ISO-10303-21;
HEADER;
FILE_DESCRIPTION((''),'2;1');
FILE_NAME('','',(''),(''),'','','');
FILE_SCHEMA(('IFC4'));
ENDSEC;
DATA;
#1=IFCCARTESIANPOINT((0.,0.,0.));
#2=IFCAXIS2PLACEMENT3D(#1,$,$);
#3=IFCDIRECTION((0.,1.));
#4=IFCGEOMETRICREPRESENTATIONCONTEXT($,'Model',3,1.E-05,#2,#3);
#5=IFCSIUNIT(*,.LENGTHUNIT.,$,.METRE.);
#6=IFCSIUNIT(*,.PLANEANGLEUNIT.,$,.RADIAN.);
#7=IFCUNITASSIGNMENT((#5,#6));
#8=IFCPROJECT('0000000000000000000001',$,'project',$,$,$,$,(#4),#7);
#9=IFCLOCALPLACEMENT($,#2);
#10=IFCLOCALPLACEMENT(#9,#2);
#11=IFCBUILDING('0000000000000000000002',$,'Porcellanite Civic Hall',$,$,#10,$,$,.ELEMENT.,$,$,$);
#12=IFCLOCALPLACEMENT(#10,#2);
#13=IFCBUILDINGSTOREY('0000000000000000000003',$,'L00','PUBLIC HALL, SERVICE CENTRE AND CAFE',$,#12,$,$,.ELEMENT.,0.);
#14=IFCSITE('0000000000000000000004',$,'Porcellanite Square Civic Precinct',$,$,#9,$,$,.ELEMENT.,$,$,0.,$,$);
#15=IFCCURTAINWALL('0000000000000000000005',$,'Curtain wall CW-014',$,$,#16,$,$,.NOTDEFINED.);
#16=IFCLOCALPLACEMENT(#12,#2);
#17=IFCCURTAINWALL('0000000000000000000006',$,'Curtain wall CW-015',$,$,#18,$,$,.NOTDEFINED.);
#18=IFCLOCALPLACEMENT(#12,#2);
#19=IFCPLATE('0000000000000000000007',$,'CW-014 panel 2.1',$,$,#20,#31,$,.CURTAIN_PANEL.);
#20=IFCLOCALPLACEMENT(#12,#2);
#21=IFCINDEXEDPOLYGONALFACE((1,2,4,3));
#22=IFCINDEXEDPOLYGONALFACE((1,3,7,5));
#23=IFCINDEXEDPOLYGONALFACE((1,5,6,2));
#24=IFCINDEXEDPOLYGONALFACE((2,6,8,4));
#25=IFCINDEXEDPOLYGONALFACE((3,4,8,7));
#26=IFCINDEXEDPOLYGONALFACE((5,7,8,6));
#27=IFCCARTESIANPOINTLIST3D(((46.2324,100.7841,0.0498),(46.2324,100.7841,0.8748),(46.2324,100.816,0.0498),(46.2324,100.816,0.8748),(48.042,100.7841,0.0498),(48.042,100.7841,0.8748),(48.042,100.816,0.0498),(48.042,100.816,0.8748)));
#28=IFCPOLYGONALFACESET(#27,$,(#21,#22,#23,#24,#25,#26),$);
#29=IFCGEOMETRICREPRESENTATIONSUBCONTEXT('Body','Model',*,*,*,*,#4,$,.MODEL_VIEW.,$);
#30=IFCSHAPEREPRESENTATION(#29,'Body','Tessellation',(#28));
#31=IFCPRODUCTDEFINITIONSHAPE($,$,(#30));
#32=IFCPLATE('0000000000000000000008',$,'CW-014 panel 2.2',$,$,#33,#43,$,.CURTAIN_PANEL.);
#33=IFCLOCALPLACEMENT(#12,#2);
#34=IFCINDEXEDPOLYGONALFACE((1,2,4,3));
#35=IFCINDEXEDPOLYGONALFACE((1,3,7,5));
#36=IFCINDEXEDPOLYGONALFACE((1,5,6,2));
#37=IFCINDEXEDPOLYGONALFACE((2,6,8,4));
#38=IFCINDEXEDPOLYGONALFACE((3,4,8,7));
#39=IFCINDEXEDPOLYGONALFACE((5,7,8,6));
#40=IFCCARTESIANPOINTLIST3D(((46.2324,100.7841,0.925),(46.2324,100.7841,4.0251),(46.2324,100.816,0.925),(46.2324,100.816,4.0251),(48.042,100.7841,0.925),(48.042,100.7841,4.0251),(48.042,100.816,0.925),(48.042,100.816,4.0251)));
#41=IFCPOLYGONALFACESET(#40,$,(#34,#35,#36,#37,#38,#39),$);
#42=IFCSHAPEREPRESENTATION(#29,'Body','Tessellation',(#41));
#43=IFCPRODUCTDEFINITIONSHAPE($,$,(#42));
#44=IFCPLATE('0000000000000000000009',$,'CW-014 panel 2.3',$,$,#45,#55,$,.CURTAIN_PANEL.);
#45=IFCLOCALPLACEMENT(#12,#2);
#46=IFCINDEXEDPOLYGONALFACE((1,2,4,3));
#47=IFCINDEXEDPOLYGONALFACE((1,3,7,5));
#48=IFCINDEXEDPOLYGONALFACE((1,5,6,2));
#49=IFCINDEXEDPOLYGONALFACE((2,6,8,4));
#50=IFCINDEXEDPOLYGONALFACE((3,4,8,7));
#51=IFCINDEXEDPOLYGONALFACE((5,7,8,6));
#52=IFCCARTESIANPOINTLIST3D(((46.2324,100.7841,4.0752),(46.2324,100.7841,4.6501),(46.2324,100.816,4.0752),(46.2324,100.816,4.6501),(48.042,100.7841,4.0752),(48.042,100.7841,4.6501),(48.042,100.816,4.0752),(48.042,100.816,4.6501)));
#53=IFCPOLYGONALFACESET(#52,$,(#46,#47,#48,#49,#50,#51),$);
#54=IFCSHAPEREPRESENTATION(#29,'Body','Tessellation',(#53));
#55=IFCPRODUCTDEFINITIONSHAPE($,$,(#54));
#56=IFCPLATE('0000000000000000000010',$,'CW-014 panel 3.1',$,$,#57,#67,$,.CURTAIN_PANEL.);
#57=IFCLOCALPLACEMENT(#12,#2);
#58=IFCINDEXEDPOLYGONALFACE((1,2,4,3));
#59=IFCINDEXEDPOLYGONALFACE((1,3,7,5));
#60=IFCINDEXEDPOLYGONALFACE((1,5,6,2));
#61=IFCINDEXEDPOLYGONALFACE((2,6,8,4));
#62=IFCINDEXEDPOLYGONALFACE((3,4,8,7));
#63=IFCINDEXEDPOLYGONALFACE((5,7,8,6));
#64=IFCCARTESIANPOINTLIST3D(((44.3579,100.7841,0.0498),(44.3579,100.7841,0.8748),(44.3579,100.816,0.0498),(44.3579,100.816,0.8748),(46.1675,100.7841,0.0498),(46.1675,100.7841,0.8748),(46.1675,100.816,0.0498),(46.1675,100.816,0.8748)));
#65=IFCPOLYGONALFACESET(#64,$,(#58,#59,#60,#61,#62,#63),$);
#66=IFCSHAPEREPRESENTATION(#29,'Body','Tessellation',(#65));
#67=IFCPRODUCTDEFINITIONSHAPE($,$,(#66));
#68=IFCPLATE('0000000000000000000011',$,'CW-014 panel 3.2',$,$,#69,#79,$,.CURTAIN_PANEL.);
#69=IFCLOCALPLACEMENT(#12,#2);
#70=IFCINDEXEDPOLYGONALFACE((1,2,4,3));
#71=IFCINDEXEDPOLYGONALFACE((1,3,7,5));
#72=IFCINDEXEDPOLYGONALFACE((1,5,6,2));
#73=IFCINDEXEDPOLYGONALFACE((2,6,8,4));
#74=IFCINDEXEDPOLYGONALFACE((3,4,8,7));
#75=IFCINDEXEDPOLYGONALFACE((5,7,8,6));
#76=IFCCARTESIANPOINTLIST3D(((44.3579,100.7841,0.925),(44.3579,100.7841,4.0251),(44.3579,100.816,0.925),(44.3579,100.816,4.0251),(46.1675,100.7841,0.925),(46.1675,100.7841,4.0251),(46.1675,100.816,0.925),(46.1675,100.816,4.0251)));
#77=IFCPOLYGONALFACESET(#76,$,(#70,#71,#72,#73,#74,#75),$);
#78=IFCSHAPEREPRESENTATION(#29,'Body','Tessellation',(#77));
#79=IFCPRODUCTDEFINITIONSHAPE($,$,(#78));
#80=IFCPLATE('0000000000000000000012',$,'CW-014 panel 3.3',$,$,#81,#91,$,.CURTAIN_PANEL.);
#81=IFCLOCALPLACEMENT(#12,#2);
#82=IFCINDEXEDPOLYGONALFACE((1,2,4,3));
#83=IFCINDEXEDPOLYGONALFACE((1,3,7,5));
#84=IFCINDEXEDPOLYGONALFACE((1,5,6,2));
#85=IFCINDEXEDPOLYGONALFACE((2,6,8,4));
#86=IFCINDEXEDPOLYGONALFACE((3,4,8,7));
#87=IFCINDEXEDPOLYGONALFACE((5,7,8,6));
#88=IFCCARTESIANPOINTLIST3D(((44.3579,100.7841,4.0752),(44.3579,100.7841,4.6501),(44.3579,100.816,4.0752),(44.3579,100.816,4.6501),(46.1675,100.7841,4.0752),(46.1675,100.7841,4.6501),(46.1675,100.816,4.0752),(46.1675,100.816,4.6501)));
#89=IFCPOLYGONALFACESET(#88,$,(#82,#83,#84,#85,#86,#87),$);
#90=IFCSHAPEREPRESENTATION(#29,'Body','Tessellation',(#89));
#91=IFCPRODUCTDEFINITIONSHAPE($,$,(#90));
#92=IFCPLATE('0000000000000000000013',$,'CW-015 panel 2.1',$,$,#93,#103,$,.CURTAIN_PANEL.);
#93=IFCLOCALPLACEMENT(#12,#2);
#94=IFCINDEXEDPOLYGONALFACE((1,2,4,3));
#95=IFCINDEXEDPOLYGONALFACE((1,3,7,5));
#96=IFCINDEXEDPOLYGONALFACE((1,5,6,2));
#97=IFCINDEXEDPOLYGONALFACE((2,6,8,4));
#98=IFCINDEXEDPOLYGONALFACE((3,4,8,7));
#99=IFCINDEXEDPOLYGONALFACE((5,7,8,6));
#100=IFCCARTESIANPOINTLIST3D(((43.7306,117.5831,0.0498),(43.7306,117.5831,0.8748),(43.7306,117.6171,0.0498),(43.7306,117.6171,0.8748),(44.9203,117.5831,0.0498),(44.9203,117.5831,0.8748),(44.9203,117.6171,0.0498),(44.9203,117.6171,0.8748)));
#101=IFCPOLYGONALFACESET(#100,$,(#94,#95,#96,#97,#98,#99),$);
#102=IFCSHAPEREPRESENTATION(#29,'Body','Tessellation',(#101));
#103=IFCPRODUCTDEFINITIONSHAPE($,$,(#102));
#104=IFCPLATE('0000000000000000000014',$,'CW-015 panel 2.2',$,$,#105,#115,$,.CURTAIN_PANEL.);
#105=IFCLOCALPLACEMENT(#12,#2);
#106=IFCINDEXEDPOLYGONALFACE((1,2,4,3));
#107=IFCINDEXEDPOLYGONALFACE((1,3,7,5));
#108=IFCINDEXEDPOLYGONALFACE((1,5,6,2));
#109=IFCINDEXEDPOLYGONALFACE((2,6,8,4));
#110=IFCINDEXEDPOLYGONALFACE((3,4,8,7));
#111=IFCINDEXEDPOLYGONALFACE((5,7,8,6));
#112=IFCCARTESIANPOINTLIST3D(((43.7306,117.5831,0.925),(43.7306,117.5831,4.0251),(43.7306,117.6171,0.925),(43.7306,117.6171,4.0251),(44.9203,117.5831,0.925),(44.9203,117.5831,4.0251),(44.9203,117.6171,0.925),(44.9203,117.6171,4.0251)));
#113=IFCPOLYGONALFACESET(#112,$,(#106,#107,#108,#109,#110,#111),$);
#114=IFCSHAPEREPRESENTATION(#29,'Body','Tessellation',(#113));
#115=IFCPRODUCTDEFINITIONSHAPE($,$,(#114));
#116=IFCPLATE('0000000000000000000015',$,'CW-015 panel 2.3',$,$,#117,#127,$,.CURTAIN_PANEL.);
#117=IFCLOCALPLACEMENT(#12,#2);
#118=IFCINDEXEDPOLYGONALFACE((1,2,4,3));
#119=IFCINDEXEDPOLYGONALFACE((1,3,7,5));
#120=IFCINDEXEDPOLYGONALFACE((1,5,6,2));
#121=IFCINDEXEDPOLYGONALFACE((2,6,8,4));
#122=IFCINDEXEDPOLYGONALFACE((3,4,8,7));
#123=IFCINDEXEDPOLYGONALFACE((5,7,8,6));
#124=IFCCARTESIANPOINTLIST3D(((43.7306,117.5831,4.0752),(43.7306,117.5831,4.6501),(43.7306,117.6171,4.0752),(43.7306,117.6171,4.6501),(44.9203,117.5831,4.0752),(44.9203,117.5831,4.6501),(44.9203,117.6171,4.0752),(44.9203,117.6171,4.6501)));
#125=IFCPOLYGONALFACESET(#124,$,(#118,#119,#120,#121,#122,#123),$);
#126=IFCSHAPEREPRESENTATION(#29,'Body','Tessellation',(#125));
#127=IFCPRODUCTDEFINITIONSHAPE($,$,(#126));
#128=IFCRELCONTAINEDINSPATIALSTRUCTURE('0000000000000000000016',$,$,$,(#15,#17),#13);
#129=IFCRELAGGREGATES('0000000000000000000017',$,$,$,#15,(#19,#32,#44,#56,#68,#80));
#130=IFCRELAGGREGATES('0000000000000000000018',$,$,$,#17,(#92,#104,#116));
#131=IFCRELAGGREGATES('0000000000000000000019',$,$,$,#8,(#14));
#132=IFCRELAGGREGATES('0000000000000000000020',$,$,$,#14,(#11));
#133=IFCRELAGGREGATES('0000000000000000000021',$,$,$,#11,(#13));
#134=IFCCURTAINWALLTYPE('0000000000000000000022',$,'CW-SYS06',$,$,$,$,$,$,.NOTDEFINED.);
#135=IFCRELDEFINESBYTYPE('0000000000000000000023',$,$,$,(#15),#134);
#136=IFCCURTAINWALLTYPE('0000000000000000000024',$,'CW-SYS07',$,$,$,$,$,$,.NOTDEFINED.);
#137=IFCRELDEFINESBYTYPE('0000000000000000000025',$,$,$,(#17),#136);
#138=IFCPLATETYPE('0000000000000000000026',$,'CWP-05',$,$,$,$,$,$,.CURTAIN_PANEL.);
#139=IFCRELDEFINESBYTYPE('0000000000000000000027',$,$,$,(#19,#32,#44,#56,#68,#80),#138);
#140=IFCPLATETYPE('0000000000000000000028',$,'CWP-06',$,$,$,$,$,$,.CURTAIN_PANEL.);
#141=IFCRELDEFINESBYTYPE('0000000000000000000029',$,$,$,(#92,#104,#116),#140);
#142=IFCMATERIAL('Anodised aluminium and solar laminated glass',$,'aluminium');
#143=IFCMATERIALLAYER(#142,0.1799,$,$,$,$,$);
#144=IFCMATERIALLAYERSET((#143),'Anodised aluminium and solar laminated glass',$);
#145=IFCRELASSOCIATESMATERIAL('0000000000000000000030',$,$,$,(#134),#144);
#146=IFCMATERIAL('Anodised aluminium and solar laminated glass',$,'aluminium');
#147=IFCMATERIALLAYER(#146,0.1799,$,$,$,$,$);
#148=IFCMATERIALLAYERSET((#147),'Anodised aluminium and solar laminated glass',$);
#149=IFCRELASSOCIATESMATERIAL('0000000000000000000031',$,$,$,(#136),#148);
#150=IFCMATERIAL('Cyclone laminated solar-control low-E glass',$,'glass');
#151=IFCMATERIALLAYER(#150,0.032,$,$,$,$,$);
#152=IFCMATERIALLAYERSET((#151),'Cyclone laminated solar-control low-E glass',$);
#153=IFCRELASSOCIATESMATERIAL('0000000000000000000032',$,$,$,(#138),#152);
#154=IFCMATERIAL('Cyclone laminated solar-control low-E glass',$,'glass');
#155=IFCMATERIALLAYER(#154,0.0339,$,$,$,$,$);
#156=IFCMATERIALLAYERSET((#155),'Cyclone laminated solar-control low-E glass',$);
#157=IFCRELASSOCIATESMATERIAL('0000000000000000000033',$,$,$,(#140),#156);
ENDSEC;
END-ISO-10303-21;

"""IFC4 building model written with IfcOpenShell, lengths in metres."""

from ifc_helpers import new_model, si_unit, direction, frame, origin, origin_2d, place, context, subcontext, project, spatial, rectangle, extrude, material, layer, layer_set, type_object, element, aggregate, save


model = new_model("IFC4")

# Units and contexts
model_context = context("Model", 3, precision=1e-05, world=origin(), true_north=direction((0.0, 1.0)))
body_context = subcontext(model_context, "Body", "Model", "MODEL_VIEW")
ifc_project = project(units=[si_unit("LENGTHUNIT", "METRE"), si_unit("PLANEANGLEUNIT", "RADIAN")], contexts=[model_context])

# Site, building, storey
site_placement = place(None, origin())
site = spatial("IfcSite", under=ifc_project, at=site_placement, Name="Porcellanite Square Civic Precinct", CompositionType="ELEMENT", RefElevation=0.0)
building_placement = place(site_placement, origin())
building = spatial("IfcBuilding", under=site, at=building_placement, Name="Porcellanite Civic Hall", CompositionType="ELEMENT")
storey_placement = place(building_placement, origin())
storey = spatial("IfcBuildingStorey", under=building, at=storey_placement, Name="L00", Description="PUBLIC HALL, SERVICE CENTRE AND CAFE", CompositionType="ELEMENT", Elevation=0.0)

# Curtain wall
ifc_material_1 = material(Name="Anodised aluminium and solar laminated glass", Category="aluminium")
ifc_layer_1 = layer(ifc_material_1, 0.1799)
ifc_layer_set_1 = layer_set([ifc_layer_1], Name="Anodised aluminium and solar laminated glass")
curtain_wall_type_1 = type_object("IfcCurtainWallType", Name="CW-SYS06", PredefinedType="NOTDEFINED", material=ifc_layer_set_1)
curtain_wall_1_placement = place(storey_placement, origin())
curtain_wall_1 = element("IfcCurtainWall", 1, at=curtain_wall_1_placement, inside=storey, type_object=curtain_wall_type_1, Name="Curtain wall CW-014", PredefinedType="NOTDEFINED")

# Curtain wall
ifc_material_2 = material(Name="Anodised aluminium and solar laminated glass", Category="aluminium")
ifc_layer_2 = layer(ifc_material_2, 0.1799)
ifc_layer_set_2 = layer_set([ifc_layer_2], Name="Anodised aluminium and solar laminated glass")
curtain_wall_type_2 = type_object("IfcCurtainWallType", Name="CW-SYS07", PredefinedType="NOTDEFINED", material=ifc_layer_set_2)
curtain_wall_2_placement = place(storey_placement, origin())
curtain_wall_2 = element("IfcCurtainWall", 2, at=curtain_wall_2_placement, inside=storey, type_object=curtain_wall_type_2, Name="Curtain wall CW-015", PredefinedType="NOTDEFINED")

# Plates
ifc_material_3 = material(Name="Cyclone laminated solar-control low-E glass", Category="glass")
ifc_layer_3 = layer(ifc_material_3, 0.032)
ifc_layer_set_3 = layer_set([ifc_layer_3], Name="Cyclone laminated solar-control low-E glass")
plate_type_1 = type_object("IfcPlateType", Name="CWP-05", PredefinedType="CURTAIN_PANEL", material=ifc_layer_set_3)
plate_1_placement = place(storey_placement, frame((47.1372, 100.8, 0.0498), z_axis=(0.0, 0.0, 1.0), x_axis=(-1.0, 0.0, 0.0)))
plate_1 = element("IfcPlate", 3, at=plate_1_placement, type_object=plate_type_1, Name="CW-014 panel 2.1", PredefinedType="CURTAIN_PANEL", context=body_context, shape_type="SweptSolid", body=[
    extrude(rectangle(XDim=1.8096, YDim=0.032, at=origin_2d()), origin(), (0.0, 0.0, 1.0), 0.825),
])
plate_2_placement = place(storey_placement, frame((47.1372, 100.8, 0.925), z_axis=(0.0, 0.0, 1.0), x_axis=(-1.0, 0.0, 0.0)))
plate_2 = element("IfcPlate", 4, at=plate_2_placement, type_object=plate_type_1, Name="CW-014 panel 2.2", PredefinedType="CURTAIN_PANEL", context=body_context, shape_type="SweptSolid", body=[
    extrude(rectangle(XDim=1.8096, YDim=0.032, at=origin_2d()), origin(), (0.0, 0.0, 1.0), 3.1001),
])
plate_3_placement = place(storey_placement, frame((47.1372, 100.8, 4.0752), z_axis=(0.0, 0.0, 1.0), x_axis=(-1.0, 0.0, 0.0)))
plate_3 = element("IfcPlate", 5, at=plate_3_placement, type_object=plate_type_1, Name="CW-014 panel 2.3", PredefinedType="CURTAIN_PANEL", context=body_context, shape_type="SweptSolid", body=[
    extrude(rectangle(XDim=1.8096, YDim=0.032, at=origin_2d()), origin(), (0.0, 0.0, 1.0), 0.575),
])
plate_4_placement = place(storey_placement, frame((45.2627, 100.8, 0.0498), z_axis=(0.0, 0.0, 1.0), x_axis=(-1.0, 0.0, 0.0)))
plate_4 = element("IfcPlate", 6, at=plate_4_placement, type_object=plate_type_1, Name="CW-014 panel 3.1", PredefinedType="CURTAIN_PANEL", context=body_context, shape_type="SweptSolid", body=[
    extrude(rectangle(XDim=1.8096, YDim=0.032, at=origin_2d()), origin(), (0.0, 0.0, 1.0), 0.825),
])
plate_5_placement = place(storey_placement, frame((45.2627, 100.8, 0.925), z_axis=(0.0, 0.0, 1.0), x_axis=(-1.0, 0.0, 0.0)))
plate_5 = element("IfcPlate", 7, at=plate_5_placement, type_object=plate_type_1, Name="CW-014 panel 3.2", PredefinedType="CURTAIN_PANEL", context=body_context, shape_type="SweptSolid", body=[
    extrude(rectangle(XDim=1.8096, YDim=0.032, at=origin_2d()), origin(), (0.0, 0.0, 1.0), 3.1001),
])
plate_6_placement = place(storey_placement, frame((45.2627, 100.8, 4.0752), z_axis=(0.0, 0.0, 1.0), x_axis=(-1.0, 0.0, 0.0)))
plate_6 = element("IfcPlate", 8, at=plate_6_placement, type_object=plate_type_1, Name="CW-014 panel 3.3", PredefinedType="CURTAIN_PANEL", context=body_context, shape_type="SweptSolid", body=[
    extrude(rectangle(XDim=1.8096, YDim=0.032, at=origin_2d()), origin(), (0.0, 0.0, 1.0), 0.575),
])
aggregate(curtain_wall_1, [plate_1, plate_2, plate_3, plate_4, plate_5, plate_6])
ifc_material_4 = material(Name="Cyclone laminated solar-control low-E glass", Category="glass")
ifc_layer_4 = layer(ifc_material_4, 0.0339)
ifc_layer_set_4 = layer_set([ifc_layer_4], Name="Cyclone laminated solar-control low-E glass")
plate_type_2 = type_object("IfcPlateType", Name="CWP-06", PredefinedType="CURTAIN_PANEL", material=ifc_layer_set_4)
plate_7_placement = place(storey_placement, frame((44.3254, 117.6001, 0.0498), z_axis=(0.0, 0.0, 1.0), x_axis=(1.0, 0.0, 0.0)))
plate_7 = element("IfcPlate", 9, at=plate_7_placement, type_object=plate_type_2, Name="CW-015 panel 2.1", PredefinedType="CURTAIN_PANEL", context=body_context, shape_type="SweptSolid", body=[
    extrude(rectangle(XDim=1.1897, YDim=0.0339, at=origin_2d()), origin(), (0.0, 0.0, 1.0), 0.825),
])
plate_8_placement = place(storey_placement, frame((44.3254, 117.6001, 0.925), z_axis=(0.0, 0.0, 1.0), x_axis=(1.0, 0.0, 0.0)))
plate_8 = element("IfcPlate", 10, at=plate_8_placement, type_object=plate_type_2, Name="CW-015 panel 2.2", PredefinedType="CURTAIN_PANEL", context=body_context, shape_type="SweptSolid", body=[
    extrude(rectangle(XDim=1.1897, YDim=0.0339, at=origin_2d()), origin(), (0.0, 0.0, 1.0), 3.1001),
])
plate_9_placement = place(storey_placement, frame((44.3254, 117.6001, 4.0752), z_axis=(0.0, 0.0, 1.0), x_axis=(1.0, 0.0, 0.0)))
plate_9 = element("IfcPlate", 11, at=plate_9_placement, type_object=plate_type_2, Name="CW-015 panel 2.3", PredefinedType="CURTAIN_PANEL", context=body_context, shape_type="SweptSolid", body=[
    extrude(rectangle(XDim=1.1897, YDim=0.0339, at=origin_2d()), origin(), (0.0, 0.0, 1.0), 0.575),
])
aggregate(curtain_wall_2, [plate_7, plate_8, plate_9])

save(model, "model.ifc")
